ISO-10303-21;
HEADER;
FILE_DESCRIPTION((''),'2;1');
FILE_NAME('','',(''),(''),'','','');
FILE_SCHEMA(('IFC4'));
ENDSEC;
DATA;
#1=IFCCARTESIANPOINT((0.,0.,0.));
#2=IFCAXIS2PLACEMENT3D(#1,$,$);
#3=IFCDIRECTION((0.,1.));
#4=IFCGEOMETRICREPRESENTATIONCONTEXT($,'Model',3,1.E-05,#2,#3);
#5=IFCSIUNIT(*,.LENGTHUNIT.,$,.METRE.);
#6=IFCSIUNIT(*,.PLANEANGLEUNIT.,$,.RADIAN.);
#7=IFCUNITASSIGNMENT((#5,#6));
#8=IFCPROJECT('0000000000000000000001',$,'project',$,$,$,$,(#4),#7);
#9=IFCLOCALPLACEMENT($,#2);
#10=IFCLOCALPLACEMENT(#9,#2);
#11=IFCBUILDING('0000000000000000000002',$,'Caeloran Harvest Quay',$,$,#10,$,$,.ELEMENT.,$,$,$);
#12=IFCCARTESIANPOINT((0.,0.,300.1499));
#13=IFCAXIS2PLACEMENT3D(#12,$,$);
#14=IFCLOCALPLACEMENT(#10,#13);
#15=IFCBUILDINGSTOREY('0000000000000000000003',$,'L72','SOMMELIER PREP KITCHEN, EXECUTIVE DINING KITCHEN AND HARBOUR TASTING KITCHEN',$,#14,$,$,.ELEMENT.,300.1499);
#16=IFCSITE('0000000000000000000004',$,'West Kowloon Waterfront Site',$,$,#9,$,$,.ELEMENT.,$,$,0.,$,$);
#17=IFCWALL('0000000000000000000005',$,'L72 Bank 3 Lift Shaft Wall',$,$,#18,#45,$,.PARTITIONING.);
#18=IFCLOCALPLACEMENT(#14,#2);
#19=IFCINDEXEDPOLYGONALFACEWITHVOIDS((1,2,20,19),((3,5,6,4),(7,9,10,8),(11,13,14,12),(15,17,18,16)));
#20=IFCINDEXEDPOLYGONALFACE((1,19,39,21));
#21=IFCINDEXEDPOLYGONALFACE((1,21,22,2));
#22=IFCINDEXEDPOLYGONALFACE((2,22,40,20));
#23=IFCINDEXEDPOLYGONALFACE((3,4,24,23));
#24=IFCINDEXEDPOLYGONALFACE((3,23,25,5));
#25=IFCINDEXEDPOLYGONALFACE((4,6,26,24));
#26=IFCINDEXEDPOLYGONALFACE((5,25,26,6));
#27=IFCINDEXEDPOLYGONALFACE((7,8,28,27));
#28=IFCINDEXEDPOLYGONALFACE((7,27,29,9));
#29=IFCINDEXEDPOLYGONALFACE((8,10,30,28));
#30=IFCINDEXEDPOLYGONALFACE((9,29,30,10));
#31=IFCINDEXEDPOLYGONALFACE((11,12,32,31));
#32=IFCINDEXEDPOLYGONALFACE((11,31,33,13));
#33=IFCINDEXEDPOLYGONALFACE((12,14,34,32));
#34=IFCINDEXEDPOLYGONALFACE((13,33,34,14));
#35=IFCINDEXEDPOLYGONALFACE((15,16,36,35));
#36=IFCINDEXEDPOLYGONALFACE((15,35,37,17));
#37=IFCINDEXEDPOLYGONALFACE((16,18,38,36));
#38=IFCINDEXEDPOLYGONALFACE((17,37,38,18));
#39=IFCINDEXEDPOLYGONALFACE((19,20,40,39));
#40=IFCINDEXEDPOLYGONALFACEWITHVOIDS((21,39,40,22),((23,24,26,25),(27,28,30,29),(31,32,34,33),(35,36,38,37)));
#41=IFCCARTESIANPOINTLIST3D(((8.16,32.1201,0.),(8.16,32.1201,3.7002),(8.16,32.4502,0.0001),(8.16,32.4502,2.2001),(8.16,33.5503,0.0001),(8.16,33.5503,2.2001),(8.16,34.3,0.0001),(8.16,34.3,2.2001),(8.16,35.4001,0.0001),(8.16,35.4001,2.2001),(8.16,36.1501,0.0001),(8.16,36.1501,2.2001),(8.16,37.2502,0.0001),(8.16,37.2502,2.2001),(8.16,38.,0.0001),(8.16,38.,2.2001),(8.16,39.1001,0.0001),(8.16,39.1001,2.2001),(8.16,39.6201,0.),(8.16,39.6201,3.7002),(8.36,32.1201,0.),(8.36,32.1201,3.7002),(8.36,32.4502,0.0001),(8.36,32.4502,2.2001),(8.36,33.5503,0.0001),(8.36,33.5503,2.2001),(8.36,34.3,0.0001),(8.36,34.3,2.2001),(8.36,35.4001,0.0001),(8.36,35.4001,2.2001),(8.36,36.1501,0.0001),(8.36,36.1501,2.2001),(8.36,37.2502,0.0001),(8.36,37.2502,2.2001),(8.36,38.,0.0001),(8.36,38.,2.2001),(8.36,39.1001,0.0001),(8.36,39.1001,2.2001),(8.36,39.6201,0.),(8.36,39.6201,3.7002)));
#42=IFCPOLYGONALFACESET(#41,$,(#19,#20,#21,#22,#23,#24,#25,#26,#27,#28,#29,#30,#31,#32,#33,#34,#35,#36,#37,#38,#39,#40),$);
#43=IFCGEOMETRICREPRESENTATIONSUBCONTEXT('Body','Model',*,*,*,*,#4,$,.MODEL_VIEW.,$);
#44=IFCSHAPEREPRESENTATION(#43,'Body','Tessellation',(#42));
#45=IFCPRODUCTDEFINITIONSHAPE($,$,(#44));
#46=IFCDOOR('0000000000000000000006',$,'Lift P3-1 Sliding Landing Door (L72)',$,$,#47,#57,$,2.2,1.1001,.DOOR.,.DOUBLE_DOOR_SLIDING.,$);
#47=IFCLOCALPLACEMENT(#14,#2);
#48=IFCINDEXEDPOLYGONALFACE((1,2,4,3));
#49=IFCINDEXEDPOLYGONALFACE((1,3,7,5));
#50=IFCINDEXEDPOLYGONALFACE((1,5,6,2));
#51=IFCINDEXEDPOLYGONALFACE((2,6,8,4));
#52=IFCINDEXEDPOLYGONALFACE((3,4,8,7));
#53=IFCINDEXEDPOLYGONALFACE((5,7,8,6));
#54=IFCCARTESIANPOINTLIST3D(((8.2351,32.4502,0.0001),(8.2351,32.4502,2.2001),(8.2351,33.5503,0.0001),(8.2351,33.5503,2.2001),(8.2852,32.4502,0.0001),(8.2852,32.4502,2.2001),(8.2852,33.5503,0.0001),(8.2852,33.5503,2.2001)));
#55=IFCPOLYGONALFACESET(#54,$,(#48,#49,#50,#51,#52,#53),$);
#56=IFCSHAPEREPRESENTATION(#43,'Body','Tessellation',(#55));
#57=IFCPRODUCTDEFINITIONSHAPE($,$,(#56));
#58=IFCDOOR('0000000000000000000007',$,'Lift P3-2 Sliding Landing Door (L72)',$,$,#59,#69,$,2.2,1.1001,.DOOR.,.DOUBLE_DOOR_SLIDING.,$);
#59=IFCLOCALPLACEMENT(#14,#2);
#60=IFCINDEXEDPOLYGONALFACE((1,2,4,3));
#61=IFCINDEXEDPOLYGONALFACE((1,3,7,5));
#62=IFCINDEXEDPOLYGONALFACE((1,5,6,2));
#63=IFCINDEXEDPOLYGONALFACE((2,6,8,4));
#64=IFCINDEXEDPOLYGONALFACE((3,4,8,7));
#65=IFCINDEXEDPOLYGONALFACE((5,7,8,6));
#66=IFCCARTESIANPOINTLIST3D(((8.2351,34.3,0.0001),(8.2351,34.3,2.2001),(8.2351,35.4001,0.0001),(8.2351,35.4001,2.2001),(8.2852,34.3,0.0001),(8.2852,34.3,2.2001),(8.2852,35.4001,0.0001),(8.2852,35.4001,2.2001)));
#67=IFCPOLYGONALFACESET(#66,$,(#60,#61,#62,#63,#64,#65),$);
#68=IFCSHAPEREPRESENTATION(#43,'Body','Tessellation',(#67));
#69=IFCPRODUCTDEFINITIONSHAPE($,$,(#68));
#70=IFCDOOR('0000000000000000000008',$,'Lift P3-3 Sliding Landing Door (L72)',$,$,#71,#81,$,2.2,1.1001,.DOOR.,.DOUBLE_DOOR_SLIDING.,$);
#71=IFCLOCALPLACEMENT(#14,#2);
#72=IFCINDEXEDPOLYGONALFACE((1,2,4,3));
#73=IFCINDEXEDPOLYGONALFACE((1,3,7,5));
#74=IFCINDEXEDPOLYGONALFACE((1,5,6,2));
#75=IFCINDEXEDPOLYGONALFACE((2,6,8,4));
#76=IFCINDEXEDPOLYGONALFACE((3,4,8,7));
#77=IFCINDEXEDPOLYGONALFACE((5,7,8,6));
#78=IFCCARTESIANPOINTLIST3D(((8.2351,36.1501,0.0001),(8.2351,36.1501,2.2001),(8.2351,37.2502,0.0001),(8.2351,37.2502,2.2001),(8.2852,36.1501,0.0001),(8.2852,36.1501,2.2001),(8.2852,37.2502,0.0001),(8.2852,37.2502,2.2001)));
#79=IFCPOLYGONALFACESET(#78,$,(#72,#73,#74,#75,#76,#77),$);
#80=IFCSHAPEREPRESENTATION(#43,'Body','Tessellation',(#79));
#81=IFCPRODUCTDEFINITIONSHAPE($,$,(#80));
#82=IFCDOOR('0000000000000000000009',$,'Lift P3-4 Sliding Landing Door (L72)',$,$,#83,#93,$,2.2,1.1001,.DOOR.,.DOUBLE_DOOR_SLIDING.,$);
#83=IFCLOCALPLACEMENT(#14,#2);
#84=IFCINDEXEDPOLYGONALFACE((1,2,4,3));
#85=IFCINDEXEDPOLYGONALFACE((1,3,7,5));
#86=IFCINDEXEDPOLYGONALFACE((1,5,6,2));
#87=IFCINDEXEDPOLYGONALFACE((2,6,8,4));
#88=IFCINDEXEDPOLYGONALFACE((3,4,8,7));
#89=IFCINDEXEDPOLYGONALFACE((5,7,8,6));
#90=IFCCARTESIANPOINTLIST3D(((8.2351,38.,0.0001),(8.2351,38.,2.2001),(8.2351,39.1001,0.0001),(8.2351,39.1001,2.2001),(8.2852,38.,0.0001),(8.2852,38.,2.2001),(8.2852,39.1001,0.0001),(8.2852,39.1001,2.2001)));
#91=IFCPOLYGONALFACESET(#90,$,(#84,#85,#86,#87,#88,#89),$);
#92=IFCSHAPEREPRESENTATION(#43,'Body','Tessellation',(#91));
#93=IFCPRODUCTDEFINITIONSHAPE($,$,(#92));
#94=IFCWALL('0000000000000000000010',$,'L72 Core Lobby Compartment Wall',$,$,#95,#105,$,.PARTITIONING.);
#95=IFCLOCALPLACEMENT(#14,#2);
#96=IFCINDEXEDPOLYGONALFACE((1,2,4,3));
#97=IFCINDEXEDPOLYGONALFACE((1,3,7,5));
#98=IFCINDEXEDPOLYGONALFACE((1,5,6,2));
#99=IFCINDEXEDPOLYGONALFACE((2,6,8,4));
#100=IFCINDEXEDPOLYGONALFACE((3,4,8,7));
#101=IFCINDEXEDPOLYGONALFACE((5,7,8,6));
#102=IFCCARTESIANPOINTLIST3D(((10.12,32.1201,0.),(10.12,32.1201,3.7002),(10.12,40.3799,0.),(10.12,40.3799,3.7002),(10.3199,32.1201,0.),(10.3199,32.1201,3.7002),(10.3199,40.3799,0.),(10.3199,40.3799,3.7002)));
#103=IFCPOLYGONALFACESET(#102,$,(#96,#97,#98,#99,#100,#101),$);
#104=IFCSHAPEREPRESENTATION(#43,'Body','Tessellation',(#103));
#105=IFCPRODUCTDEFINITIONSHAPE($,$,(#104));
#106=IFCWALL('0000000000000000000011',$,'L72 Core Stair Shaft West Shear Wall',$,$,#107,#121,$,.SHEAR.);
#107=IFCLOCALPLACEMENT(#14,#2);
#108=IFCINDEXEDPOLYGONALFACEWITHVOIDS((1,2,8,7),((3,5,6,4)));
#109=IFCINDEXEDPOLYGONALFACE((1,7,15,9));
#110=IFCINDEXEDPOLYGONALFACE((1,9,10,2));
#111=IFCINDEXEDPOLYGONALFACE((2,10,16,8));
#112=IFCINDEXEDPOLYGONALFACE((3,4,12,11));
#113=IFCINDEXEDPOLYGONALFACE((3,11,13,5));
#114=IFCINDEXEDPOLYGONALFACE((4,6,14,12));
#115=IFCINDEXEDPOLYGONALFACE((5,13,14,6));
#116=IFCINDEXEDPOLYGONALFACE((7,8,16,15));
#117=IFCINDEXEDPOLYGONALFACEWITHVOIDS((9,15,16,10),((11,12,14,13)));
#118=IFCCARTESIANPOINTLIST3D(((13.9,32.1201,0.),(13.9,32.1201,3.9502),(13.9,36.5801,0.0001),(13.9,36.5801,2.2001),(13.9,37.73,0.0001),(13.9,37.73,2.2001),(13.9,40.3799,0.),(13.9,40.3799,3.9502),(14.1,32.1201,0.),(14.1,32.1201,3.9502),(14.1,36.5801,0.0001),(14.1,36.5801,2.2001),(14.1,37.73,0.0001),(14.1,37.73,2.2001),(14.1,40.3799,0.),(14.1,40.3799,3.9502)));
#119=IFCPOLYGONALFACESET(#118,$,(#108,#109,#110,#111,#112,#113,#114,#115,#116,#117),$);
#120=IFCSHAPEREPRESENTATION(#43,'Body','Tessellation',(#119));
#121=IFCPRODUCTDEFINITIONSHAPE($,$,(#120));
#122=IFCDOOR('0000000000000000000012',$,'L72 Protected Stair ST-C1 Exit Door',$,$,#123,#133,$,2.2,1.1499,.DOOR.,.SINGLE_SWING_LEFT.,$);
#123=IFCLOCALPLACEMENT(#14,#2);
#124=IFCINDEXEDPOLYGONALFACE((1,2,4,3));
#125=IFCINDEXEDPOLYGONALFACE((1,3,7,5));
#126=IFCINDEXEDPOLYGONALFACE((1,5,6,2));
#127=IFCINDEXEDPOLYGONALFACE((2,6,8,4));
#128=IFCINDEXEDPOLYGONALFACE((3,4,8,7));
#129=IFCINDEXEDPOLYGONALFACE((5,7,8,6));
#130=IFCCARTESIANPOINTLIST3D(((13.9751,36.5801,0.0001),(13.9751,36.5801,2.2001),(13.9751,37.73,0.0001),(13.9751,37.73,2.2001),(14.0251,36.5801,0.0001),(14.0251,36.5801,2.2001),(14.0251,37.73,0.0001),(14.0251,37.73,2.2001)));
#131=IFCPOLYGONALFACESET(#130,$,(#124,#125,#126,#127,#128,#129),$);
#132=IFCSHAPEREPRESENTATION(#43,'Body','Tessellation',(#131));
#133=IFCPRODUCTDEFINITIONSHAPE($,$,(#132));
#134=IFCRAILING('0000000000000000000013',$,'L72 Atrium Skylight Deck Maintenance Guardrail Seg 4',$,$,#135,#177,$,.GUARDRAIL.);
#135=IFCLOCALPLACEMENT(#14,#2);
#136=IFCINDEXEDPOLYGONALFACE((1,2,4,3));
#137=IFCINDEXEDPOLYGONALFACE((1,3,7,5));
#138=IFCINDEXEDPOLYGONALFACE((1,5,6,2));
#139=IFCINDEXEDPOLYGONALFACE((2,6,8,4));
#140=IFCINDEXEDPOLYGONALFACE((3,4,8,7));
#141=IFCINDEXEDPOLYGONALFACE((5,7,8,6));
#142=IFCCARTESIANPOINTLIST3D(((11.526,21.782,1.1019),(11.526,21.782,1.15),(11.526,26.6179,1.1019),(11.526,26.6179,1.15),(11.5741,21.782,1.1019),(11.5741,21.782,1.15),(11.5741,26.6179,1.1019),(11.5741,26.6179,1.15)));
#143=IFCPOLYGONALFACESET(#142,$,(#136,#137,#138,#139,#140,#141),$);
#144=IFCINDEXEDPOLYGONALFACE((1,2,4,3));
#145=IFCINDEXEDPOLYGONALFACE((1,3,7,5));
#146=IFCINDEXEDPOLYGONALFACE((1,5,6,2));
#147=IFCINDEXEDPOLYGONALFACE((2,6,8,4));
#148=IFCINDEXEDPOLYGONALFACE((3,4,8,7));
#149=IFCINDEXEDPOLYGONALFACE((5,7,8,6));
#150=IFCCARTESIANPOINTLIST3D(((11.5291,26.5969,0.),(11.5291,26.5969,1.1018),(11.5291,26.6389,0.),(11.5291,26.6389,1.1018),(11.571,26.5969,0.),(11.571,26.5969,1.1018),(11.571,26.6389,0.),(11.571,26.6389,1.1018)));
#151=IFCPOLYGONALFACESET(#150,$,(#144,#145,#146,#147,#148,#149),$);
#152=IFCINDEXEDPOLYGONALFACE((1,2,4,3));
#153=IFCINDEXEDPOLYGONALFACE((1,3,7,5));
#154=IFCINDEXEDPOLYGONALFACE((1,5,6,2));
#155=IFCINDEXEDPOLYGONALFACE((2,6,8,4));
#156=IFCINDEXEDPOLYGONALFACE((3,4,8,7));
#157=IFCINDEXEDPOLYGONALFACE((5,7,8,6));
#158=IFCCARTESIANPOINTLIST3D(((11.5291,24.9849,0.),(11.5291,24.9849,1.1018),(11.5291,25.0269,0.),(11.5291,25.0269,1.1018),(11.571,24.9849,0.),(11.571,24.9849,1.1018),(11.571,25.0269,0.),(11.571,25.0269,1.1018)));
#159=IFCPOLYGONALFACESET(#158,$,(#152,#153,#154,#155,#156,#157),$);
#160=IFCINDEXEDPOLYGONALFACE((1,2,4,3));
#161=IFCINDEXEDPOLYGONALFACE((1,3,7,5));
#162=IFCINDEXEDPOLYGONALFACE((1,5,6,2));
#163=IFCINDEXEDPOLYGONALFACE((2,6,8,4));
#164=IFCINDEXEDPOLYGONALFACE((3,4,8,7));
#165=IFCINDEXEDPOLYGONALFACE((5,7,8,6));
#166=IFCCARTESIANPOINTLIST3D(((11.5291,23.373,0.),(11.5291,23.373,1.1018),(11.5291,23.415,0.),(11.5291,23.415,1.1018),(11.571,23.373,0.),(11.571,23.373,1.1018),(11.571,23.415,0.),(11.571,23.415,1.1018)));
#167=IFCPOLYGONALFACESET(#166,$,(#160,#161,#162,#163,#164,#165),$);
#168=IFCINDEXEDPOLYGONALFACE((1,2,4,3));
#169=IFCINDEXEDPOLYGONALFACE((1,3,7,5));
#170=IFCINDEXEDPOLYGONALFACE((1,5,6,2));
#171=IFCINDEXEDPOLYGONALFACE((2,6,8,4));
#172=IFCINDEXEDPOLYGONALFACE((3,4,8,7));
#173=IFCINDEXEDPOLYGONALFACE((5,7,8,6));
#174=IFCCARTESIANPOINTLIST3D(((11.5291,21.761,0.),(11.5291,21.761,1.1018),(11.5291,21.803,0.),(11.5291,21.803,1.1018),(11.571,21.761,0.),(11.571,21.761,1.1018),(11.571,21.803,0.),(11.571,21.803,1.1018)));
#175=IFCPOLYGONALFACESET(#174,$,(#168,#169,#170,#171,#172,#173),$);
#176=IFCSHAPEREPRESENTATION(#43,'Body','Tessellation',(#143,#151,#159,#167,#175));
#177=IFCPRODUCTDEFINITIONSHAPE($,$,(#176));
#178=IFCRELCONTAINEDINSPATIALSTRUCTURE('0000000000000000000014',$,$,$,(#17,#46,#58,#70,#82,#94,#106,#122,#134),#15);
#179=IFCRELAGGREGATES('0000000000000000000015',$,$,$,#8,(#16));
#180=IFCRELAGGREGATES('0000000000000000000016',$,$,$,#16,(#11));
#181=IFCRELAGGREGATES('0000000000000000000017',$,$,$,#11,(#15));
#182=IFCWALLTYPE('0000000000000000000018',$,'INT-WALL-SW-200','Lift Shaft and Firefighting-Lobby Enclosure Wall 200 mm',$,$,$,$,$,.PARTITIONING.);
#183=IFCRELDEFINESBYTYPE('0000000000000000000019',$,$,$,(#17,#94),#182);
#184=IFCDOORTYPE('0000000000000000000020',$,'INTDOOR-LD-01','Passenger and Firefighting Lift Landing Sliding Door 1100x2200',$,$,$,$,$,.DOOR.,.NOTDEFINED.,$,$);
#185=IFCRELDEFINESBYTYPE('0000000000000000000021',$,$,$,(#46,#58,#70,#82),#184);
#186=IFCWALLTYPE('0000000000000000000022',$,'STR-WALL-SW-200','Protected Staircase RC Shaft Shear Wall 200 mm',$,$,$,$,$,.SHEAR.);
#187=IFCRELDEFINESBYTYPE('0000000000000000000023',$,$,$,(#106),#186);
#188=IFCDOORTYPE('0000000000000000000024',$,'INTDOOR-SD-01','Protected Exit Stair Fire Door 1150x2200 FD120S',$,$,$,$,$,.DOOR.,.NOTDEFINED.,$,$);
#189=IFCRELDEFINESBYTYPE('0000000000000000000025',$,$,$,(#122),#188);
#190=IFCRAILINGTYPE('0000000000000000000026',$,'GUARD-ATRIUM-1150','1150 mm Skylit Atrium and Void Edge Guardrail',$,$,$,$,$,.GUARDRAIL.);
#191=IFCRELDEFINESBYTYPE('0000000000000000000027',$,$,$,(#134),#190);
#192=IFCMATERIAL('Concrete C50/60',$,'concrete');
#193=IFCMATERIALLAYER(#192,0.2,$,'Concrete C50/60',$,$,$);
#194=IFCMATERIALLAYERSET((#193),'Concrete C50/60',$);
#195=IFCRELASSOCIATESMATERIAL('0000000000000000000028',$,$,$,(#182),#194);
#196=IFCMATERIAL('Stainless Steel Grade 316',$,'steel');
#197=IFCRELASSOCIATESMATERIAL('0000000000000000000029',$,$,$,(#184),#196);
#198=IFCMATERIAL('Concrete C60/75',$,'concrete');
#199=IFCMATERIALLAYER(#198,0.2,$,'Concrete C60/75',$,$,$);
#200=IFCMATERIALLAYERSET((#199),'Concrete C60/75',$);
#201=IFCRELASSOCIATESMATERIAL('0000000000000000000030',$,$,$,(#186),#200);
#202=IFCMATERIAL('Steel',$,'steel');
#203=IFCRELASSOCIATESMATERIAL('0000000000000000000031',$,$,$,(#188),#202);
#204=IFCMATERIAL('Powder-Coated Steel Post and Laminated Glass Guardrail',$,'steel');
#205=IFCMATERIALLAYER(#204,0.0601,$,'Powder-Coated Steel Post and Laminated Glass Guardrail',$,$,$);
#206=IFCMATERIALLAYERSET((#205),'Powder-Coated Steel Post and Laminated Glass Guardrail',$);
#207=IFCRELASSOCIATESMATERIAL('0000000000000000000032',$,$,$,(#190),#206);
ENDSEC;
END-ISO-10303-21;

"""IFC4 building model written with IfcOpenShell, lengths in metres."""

from ifc_helpers import new_model, si_unit, direction, frame, frame_2d, origin, origin_2d, place, context, subcontext, project, spatial, rectangle, extrude, material, layer, layer_set, type_object, element, fill, save


model = new_model("IFC4")

# Units and contexts
model_context = context("Model", 3, precision=1e-05, world=origin(), true_north=direction((0.0, 1.0)))
body_context = subcontext(model_context, "Body", "Model", "MODEL_VIEW")
ifc_project = project(units=[si_unit("LENGTHUNIT", "METRE"), si_unit("PLANEANGLEUNIT", "RADIAN")], contexts=[model_context])

# Site, building, storey
site_placement = place(None, origin())
site = spatial("IfcSite", under=ifc_project, at=site_placement, Name="West Kowloon Waterfront Site", CompositionType="ELEMENT", RefElevation=0.0)
building_placement = place(site_placement, origin())
building = spatial("IfcBuilding", under=site, at=building_placement, Name="Caeloran Harvest Quay", CompositionType="ELEMENT")
storey_placement = place(building_placement, frame((0.0, 0.0, 300.1499)))
storey = spatial("IfcBuildingStorey", under=building, at=storey_placement, Name="L72", Description="SOMMELIER PREP KITCHEN, EXECUTIVE DINING KITCHEN AND HARBOUR TASTING KITCHEN", CompositionType="ELEMENT", Elevation=300.1499)

# Shared definitions
ifc_material_1 = material(Name="Concrete C60/75", Category="concrete")

# Wall, openings, doors
ifc_material_2 = material(Name="Concrete C50/60", Category="concrete")
ifc_layer_1 = layer(ifc_material_2, 0.2, Name="Concrete C50/60")
ifc_layer_set_1 = layer_set([ifc_layer_1], Name="Concrete C50/60")
wall_type_1 = type_object("IfcWallType", Name="INT-WALL-SW-200", Description="Lift Shaft and Firefighting-Lobby Enclosure Wall 200 mm", PredefinedType="PARTITIONING", material=ifc_layer_set_1)
wall_1_placement = place(storey_placement, frame((8.26, 32.1201, 0.0), z_axis=(0.0, 0.0, 1.0), x_axis=(0.0, 1.0, 0.0)))
wall_1 = element("IfcWall", 1, at=wall_1_placement, inside=storey, type_object=wall_type_1, Name="L72 Bank 3 Lift Shaft Wall", PredefinedType="PARTITIONING", context=body_context, shape_type="SweptSolid", body=[
    extrude(rectangle(XDim=7.5, YDim=0.2, at=frame_2d((3.75, 0.0))), origin(), (0.0, 0.0, 1.0), 3.7002),
])
opening_1_placement = place(wall_1_placement, frame((0.3301, 0.0, 0.0)))
opening_1 = element("IfcOpeningElement", 2, at=opening_1_placement, cuts=wall_1, PredefinedType="OPENING", context=body_context, shape_type="SweptSolid", body=[
    extrude(rectangle(XDim=1.1001, YDim=2.2, at=frame_2d((0.55, 1.1001))), frame((0.0, 0.1099, 0.0), z_axis=(0.0, -1.0, 0.0), x_axis=(1.0, 0.0, 0.0)), (0.0, 0.0, 1.0), 0.22),
])
opening_2_placement = place(wall_1_placement, frame((2.1799, 0.0, 0.0)))
opening_2 = element("IfcOpeningElement", 3, at=opening_2_placement, cuts=wall_1, PredefinedType="OPENING", context=body_context, shape_type="SweptSolid", body=[
    extrude(rectangle(XDim=1.1001, YDim=2.2, at=frame_2d((0.55, 1.1001))), frame((0.0, 0.1099, 0.0), z_axis=(0.0, -1.0, 0.0), x_axis=(1.0, 0.0, 0.0)), (0.0, 0.0, 1.0), 0.22),
])
opening_3_placement = place(wall_1_placement, frame((4.03, 0.0, 0.0)))
opening_3 = element("IfcOpeningElement", 4, at=opening_3_placement, cuts=wall_1, PredefinedType="OPENING", context=body_context, shape_type="SweptSolid", body=[
    extrude(rectangle(XDim=1.1001, YDim=2.2, at=frame_2d((0.55, 1.1001))), frame((0.0, 0.1099, 0.0), z_axis=(0.0, -1.0, 0.0), x_axis=(1.0, 0.0, 0.0)), (0.0, 0.0, 1.0), 0.22),
])
opening_4_placement = place(wall_1_placement, frame((5.8799, 0.0, 0.0)))
opening_4 = element("IfcOpeningElement", 5, at=opening_4_placement, cuts=wall_1, PredefinedType="OPENING", context=body_context, shape_type="SweptSolid", body=[
    extrude(rectangle(XDim=1.1001, YDim=2.2, at=frame_2d((0.55, 1.1001))), frame((0.0, 0.1099, 0.0), z_axis=(0.0, -1.0, 0.0), x_axis=(1.0, 0.0, 0.0)), (0.0, 0.0, 1.0), 0.22),
])
ifc_material_3 = material(Name="Stainless Steel Grade 316", Category="steel")
door_type_1 = type_object("IfcDoorType", Name="INTDOOR-LD-01", Description="Passenger and Firefighting Lift Landing Sliding Door 1100x2200", OperationType="NOTDEFINED", PredefinedType="DOOR", material=ifc_material_3)
door_1_placement = place(opening_1_placement, origin())
door_1 = element("IfcDoor", 6, at=door_1_placement, inside=storey, type_object=door_type_1, Name="Lift P3-1 Sliding Landing Door (L72)", OperationType="DOUBLE_DOOR_SLIDING", OverallHeight=2.2, OverallWidth=1.1001, PredefinedType="DOOR", context=body_context, shape_type="SweptSolid", body=[
    extrude(rectangle(XDim=1.1001, YDim=2.2, at=frame_2d((0.55, 1.1001))), frame((0.0, 0.0249, 0.0), z_axis=(0.0, -1.0, 0.0), x_axis=(1.0, 0.0, 0.0)), (0.0, 0.0, 1.0), 0.05),
])
fill(opening_1, door_1)
door_2_placement = place(opening_2_placement, origin())
door_2 = element("IfcDoor", 7, at=door_2_placement, inside=storey, type_object=door_type_1, Name="Lift P3-2 Sliding Landing Door (L72)", OperationType="DOUBLE_DOOR_SLIDING", OverallHeight=2.2, OverallWidth=1.1001, PredefinedType="DOOR", context=body_context, shape_type="SweptSolid", body=[
    extrude(rectangle(XDim=1.1001, YDim=2.2, at=frame_2d((0.55, 1.1001))), frame((0.0, 0.0249, 0.0), z_axis=(0.0, -1.0, 0.0), x_axis=(1.0, 0.0, 0.0)), (0.0, 0.0, 1.0), 0.05),
])
fill(opening_2, door_2)
door_3_placement = place(opening_3_placement, origin())
door_3 = element("IfcDoor", 8, at=door_3_placement, inside=storey, type_object=door_type_1, Name="Lift P3-3 Sliding Landing Door (L72)", OperationType="DOUBLE_DOOR_SLIDING", OverallHeight=2.2, OverallWidth=1.1001, PredefinedType="DOOR", context=body_context, shape_type="SweptSolid", body=[
    extrude(rectangle(XDim=1.1001, YDim=2.2, at=frame_2d((0.55, 1.1001))), frame((0.0, 0.0249, 0.0), z_axis=(0.0, -1.0, 0.0), x_axis=(1.0, 0.0, 0.0)), (0.0, 0.0, 1.0), 0.05),
])
fill(opening_3, door_3)
door_4_placement = place(opening_4_placement, origin())
door_4 = element("IfcDoor", 9, at=door_4_placement, inside=storey, type_object=door_type_1, Name="Lift P3-4 Sliding Landing Door (L72)", OperationType="DOUBLE_DOOR_SLIDING", OverallHeight=2.2, OverallWidth=1.1001, PredefinedType="DOOR", context=body_context, shape_type="SweptSolid", body=[
    extrude(rectangle(XDim=1.1001, YDim=2.2, at=frame_2d((0.55, 1.1001))), frame((0.0, 0.0249, 0.0), z_axis=(0.0, -1.0, 0.0), x_axis=(1.0, 0.0, 0.0)), (0.0, 0.0, 1.0), 0.05),
])
fill(opening_4, door_4)

# Wall
wall_2_placement = place(storey_placement, frame((10.22, 32.1201, 0.0), z_axis=(0.0, 0.0, 1.0), x_axis=(0.0, 1.0, 0.0)))
element("IfcWall", 10, at=wall_2_placement, inside=storey, type_object=wall_type_1, Name="L72 Core Lobby Compartment Wall", PredefinedType="PARTITIONING", context=body_context, shape_type="SweptSolid", body=[
    extrude(rectangle(XDim=8.2598, YDim=0.2, at=frame_2d((4.1299, 0.0))), origin(), (0.0, 0.0, 1.0), 3.7002),
])

# Wall, opening, door
ifc_layer_2 = layer(ifc_material_1, 0.2, Name="Concrete C60/75")
ifc_layer_set_2 = layer_set([ifc_layer_2], Name="Concrete C60/75")
wall_type_2 = type_object("IfcWallType", Name="STR-WALL-SW-200", Description="Protected Staircase RC Shaft Shear Wall 200 mm", PredefinedType="SHEAR", material=ifc_layer_set_2)
wall_3_placement = place(storey_placement, frame((14.0, 32.1201, 0.0), z_axis=(0.0, 0.0, 1.0), x_axis=(0.0, 1.0, 0.0)))
wall_3 = element("IfcWall", 11, at=wall_3_placement, inside=storey, type_object=wall_type_2, Name="L72 Core Stair Shaft West Shear Wall", PredefinedType="SHEAR", context=body_context, shape_type="SweptSolid", body=[
    extrude(rectangle(XDim=8.2598, YDim=0.2, at=frame_2d((4.1299, 0.0))), origin(), (0.0, 0.0, 1.0), 3.9502),
])
opening_5_placement = place(wall_3_placement, frame((4.46, 0.0, 0.0)))
opening_5 = element("IfcOpeningElement", 12, at=opening_5_placement, cuts=wall_3, PredefinedType="OPENING", context=body_context, shape_type="SweptSolid", body=[
    extrude(rectangle(XDim=1.1499, YDim=2.2, at=frame_2d((0.575, 1.1001))), frame((0.0, 0.1099, 0.0), z_axis=(0.0, -1.0, 0.0), x_axis=(1.0, 0.0, 0.0)), (0.0, 0.0, 1.0), 0.22),
])
ifc_material_4 = material(Name="Steel", Category="steel")
door_type_2 = type_object("IfcDoorType", Name="INTDOOR-SD-01", Description="Protected Exit Stair Fire Door 1150x2200 FD120S", OperationType="NOTDEFINED", PredefinedType="DOOR", material=ifc_material_4)
door_5_placement = place(opening_5_placement, origin())
door_5 = element("IfcDoor", 13, at=door_5_placement, inside=storey, type_object=door_type_2, Name="L72 Protected Stair ST-C1 Exit Door", OperationType="SINGLE_SWING_LEFT", OverallHeight=2.2, OverallWidth=1.1499, PredefinedType="DOOR", context=body_context, shape_type="SweptSolid", body=[
    extrude(rectangle(XDim=1.1499, YDim=2.2, at=frame_2d((0.575, 1.1001))), frame((0.0, 0.0249, 0.0), z_axis=(0.0, -1.0, 0.0), x_axis=(1.0, 0.0, 0.0)), (0.0, 0.0, 1.0), 0.05),
])
fill(opening_5, door_5)

# Railing
ifc_material_5 = material(Name="Powder-Coated Steel Post and Laminated Glass Guardrail", Category="steel")
ifc_layer_3 = layer(ifc_material_5, 0.0601, Name="Powder-Coated Steel Post and Laminated Glass Guardrail")
ifc_layer_set_3 = layer_set([ifc_layer_3], Name="Powder-Coated Steel Post and Laminated Glass Guardrail")
railing_type_1 = type_object("IfcRailingType", Name="GUARD-ATRIUM-1150", Description="1150 mm Skylit Atrium and Void Edge Guardrail", PredefinedType="GUARDRAIL", material=ifc_layer_set_3)
railing_1_placement = place(storey_placement, frame((11.55, 26.6179, 0.0)))
element("IfcRailing", 14, at=railing_1_placement, inside=storey, type_object=railing_type_1, Name="L72 Atrium Skylight Deck Maintenance Guardrail Seg 4", PredefinedType="GUARDRAIL", context=body_context, shape_type="SweptSolid", body=[
    extrude(rectangle(XDim=0.0481, YDim=0.0481, at=origin_2d()), frame((0.0, 0.0, 1.126), z_axis=(0.0, -1.0, 0.0), x_axis=(1.0, 0.0, 0.0)), (0.0, 0.0, 1.0), 4.8359),
    extrude(rectangle(XDim=0.042, YDim=0.042, at=origin_2d()), origin(), (0.0, 0.0, 1.0), 1.1018),
    extrude(rectangle(XDim=0.042, YDim=0.042, at=origin_2d()), frame((0.0, -1.6121, 0.0)), (0.0, 0.0, 1.0), 1.1018),
    extrude(rectangle(XDim=0.042, YDim=0.042, at=origin_2d()), frame((0.0, -3.2239, 0.0)), (0.0, 0.0, 1.0), 1.1018),
    extrude(rectangle(XDim=0.042, YDim=0.042, at=origin_2d()), frame((0.0, -4.8359, 0.0)), (0.0, 0.0, 1.0), 1.1018),
])

save(model, "model.ifc")
